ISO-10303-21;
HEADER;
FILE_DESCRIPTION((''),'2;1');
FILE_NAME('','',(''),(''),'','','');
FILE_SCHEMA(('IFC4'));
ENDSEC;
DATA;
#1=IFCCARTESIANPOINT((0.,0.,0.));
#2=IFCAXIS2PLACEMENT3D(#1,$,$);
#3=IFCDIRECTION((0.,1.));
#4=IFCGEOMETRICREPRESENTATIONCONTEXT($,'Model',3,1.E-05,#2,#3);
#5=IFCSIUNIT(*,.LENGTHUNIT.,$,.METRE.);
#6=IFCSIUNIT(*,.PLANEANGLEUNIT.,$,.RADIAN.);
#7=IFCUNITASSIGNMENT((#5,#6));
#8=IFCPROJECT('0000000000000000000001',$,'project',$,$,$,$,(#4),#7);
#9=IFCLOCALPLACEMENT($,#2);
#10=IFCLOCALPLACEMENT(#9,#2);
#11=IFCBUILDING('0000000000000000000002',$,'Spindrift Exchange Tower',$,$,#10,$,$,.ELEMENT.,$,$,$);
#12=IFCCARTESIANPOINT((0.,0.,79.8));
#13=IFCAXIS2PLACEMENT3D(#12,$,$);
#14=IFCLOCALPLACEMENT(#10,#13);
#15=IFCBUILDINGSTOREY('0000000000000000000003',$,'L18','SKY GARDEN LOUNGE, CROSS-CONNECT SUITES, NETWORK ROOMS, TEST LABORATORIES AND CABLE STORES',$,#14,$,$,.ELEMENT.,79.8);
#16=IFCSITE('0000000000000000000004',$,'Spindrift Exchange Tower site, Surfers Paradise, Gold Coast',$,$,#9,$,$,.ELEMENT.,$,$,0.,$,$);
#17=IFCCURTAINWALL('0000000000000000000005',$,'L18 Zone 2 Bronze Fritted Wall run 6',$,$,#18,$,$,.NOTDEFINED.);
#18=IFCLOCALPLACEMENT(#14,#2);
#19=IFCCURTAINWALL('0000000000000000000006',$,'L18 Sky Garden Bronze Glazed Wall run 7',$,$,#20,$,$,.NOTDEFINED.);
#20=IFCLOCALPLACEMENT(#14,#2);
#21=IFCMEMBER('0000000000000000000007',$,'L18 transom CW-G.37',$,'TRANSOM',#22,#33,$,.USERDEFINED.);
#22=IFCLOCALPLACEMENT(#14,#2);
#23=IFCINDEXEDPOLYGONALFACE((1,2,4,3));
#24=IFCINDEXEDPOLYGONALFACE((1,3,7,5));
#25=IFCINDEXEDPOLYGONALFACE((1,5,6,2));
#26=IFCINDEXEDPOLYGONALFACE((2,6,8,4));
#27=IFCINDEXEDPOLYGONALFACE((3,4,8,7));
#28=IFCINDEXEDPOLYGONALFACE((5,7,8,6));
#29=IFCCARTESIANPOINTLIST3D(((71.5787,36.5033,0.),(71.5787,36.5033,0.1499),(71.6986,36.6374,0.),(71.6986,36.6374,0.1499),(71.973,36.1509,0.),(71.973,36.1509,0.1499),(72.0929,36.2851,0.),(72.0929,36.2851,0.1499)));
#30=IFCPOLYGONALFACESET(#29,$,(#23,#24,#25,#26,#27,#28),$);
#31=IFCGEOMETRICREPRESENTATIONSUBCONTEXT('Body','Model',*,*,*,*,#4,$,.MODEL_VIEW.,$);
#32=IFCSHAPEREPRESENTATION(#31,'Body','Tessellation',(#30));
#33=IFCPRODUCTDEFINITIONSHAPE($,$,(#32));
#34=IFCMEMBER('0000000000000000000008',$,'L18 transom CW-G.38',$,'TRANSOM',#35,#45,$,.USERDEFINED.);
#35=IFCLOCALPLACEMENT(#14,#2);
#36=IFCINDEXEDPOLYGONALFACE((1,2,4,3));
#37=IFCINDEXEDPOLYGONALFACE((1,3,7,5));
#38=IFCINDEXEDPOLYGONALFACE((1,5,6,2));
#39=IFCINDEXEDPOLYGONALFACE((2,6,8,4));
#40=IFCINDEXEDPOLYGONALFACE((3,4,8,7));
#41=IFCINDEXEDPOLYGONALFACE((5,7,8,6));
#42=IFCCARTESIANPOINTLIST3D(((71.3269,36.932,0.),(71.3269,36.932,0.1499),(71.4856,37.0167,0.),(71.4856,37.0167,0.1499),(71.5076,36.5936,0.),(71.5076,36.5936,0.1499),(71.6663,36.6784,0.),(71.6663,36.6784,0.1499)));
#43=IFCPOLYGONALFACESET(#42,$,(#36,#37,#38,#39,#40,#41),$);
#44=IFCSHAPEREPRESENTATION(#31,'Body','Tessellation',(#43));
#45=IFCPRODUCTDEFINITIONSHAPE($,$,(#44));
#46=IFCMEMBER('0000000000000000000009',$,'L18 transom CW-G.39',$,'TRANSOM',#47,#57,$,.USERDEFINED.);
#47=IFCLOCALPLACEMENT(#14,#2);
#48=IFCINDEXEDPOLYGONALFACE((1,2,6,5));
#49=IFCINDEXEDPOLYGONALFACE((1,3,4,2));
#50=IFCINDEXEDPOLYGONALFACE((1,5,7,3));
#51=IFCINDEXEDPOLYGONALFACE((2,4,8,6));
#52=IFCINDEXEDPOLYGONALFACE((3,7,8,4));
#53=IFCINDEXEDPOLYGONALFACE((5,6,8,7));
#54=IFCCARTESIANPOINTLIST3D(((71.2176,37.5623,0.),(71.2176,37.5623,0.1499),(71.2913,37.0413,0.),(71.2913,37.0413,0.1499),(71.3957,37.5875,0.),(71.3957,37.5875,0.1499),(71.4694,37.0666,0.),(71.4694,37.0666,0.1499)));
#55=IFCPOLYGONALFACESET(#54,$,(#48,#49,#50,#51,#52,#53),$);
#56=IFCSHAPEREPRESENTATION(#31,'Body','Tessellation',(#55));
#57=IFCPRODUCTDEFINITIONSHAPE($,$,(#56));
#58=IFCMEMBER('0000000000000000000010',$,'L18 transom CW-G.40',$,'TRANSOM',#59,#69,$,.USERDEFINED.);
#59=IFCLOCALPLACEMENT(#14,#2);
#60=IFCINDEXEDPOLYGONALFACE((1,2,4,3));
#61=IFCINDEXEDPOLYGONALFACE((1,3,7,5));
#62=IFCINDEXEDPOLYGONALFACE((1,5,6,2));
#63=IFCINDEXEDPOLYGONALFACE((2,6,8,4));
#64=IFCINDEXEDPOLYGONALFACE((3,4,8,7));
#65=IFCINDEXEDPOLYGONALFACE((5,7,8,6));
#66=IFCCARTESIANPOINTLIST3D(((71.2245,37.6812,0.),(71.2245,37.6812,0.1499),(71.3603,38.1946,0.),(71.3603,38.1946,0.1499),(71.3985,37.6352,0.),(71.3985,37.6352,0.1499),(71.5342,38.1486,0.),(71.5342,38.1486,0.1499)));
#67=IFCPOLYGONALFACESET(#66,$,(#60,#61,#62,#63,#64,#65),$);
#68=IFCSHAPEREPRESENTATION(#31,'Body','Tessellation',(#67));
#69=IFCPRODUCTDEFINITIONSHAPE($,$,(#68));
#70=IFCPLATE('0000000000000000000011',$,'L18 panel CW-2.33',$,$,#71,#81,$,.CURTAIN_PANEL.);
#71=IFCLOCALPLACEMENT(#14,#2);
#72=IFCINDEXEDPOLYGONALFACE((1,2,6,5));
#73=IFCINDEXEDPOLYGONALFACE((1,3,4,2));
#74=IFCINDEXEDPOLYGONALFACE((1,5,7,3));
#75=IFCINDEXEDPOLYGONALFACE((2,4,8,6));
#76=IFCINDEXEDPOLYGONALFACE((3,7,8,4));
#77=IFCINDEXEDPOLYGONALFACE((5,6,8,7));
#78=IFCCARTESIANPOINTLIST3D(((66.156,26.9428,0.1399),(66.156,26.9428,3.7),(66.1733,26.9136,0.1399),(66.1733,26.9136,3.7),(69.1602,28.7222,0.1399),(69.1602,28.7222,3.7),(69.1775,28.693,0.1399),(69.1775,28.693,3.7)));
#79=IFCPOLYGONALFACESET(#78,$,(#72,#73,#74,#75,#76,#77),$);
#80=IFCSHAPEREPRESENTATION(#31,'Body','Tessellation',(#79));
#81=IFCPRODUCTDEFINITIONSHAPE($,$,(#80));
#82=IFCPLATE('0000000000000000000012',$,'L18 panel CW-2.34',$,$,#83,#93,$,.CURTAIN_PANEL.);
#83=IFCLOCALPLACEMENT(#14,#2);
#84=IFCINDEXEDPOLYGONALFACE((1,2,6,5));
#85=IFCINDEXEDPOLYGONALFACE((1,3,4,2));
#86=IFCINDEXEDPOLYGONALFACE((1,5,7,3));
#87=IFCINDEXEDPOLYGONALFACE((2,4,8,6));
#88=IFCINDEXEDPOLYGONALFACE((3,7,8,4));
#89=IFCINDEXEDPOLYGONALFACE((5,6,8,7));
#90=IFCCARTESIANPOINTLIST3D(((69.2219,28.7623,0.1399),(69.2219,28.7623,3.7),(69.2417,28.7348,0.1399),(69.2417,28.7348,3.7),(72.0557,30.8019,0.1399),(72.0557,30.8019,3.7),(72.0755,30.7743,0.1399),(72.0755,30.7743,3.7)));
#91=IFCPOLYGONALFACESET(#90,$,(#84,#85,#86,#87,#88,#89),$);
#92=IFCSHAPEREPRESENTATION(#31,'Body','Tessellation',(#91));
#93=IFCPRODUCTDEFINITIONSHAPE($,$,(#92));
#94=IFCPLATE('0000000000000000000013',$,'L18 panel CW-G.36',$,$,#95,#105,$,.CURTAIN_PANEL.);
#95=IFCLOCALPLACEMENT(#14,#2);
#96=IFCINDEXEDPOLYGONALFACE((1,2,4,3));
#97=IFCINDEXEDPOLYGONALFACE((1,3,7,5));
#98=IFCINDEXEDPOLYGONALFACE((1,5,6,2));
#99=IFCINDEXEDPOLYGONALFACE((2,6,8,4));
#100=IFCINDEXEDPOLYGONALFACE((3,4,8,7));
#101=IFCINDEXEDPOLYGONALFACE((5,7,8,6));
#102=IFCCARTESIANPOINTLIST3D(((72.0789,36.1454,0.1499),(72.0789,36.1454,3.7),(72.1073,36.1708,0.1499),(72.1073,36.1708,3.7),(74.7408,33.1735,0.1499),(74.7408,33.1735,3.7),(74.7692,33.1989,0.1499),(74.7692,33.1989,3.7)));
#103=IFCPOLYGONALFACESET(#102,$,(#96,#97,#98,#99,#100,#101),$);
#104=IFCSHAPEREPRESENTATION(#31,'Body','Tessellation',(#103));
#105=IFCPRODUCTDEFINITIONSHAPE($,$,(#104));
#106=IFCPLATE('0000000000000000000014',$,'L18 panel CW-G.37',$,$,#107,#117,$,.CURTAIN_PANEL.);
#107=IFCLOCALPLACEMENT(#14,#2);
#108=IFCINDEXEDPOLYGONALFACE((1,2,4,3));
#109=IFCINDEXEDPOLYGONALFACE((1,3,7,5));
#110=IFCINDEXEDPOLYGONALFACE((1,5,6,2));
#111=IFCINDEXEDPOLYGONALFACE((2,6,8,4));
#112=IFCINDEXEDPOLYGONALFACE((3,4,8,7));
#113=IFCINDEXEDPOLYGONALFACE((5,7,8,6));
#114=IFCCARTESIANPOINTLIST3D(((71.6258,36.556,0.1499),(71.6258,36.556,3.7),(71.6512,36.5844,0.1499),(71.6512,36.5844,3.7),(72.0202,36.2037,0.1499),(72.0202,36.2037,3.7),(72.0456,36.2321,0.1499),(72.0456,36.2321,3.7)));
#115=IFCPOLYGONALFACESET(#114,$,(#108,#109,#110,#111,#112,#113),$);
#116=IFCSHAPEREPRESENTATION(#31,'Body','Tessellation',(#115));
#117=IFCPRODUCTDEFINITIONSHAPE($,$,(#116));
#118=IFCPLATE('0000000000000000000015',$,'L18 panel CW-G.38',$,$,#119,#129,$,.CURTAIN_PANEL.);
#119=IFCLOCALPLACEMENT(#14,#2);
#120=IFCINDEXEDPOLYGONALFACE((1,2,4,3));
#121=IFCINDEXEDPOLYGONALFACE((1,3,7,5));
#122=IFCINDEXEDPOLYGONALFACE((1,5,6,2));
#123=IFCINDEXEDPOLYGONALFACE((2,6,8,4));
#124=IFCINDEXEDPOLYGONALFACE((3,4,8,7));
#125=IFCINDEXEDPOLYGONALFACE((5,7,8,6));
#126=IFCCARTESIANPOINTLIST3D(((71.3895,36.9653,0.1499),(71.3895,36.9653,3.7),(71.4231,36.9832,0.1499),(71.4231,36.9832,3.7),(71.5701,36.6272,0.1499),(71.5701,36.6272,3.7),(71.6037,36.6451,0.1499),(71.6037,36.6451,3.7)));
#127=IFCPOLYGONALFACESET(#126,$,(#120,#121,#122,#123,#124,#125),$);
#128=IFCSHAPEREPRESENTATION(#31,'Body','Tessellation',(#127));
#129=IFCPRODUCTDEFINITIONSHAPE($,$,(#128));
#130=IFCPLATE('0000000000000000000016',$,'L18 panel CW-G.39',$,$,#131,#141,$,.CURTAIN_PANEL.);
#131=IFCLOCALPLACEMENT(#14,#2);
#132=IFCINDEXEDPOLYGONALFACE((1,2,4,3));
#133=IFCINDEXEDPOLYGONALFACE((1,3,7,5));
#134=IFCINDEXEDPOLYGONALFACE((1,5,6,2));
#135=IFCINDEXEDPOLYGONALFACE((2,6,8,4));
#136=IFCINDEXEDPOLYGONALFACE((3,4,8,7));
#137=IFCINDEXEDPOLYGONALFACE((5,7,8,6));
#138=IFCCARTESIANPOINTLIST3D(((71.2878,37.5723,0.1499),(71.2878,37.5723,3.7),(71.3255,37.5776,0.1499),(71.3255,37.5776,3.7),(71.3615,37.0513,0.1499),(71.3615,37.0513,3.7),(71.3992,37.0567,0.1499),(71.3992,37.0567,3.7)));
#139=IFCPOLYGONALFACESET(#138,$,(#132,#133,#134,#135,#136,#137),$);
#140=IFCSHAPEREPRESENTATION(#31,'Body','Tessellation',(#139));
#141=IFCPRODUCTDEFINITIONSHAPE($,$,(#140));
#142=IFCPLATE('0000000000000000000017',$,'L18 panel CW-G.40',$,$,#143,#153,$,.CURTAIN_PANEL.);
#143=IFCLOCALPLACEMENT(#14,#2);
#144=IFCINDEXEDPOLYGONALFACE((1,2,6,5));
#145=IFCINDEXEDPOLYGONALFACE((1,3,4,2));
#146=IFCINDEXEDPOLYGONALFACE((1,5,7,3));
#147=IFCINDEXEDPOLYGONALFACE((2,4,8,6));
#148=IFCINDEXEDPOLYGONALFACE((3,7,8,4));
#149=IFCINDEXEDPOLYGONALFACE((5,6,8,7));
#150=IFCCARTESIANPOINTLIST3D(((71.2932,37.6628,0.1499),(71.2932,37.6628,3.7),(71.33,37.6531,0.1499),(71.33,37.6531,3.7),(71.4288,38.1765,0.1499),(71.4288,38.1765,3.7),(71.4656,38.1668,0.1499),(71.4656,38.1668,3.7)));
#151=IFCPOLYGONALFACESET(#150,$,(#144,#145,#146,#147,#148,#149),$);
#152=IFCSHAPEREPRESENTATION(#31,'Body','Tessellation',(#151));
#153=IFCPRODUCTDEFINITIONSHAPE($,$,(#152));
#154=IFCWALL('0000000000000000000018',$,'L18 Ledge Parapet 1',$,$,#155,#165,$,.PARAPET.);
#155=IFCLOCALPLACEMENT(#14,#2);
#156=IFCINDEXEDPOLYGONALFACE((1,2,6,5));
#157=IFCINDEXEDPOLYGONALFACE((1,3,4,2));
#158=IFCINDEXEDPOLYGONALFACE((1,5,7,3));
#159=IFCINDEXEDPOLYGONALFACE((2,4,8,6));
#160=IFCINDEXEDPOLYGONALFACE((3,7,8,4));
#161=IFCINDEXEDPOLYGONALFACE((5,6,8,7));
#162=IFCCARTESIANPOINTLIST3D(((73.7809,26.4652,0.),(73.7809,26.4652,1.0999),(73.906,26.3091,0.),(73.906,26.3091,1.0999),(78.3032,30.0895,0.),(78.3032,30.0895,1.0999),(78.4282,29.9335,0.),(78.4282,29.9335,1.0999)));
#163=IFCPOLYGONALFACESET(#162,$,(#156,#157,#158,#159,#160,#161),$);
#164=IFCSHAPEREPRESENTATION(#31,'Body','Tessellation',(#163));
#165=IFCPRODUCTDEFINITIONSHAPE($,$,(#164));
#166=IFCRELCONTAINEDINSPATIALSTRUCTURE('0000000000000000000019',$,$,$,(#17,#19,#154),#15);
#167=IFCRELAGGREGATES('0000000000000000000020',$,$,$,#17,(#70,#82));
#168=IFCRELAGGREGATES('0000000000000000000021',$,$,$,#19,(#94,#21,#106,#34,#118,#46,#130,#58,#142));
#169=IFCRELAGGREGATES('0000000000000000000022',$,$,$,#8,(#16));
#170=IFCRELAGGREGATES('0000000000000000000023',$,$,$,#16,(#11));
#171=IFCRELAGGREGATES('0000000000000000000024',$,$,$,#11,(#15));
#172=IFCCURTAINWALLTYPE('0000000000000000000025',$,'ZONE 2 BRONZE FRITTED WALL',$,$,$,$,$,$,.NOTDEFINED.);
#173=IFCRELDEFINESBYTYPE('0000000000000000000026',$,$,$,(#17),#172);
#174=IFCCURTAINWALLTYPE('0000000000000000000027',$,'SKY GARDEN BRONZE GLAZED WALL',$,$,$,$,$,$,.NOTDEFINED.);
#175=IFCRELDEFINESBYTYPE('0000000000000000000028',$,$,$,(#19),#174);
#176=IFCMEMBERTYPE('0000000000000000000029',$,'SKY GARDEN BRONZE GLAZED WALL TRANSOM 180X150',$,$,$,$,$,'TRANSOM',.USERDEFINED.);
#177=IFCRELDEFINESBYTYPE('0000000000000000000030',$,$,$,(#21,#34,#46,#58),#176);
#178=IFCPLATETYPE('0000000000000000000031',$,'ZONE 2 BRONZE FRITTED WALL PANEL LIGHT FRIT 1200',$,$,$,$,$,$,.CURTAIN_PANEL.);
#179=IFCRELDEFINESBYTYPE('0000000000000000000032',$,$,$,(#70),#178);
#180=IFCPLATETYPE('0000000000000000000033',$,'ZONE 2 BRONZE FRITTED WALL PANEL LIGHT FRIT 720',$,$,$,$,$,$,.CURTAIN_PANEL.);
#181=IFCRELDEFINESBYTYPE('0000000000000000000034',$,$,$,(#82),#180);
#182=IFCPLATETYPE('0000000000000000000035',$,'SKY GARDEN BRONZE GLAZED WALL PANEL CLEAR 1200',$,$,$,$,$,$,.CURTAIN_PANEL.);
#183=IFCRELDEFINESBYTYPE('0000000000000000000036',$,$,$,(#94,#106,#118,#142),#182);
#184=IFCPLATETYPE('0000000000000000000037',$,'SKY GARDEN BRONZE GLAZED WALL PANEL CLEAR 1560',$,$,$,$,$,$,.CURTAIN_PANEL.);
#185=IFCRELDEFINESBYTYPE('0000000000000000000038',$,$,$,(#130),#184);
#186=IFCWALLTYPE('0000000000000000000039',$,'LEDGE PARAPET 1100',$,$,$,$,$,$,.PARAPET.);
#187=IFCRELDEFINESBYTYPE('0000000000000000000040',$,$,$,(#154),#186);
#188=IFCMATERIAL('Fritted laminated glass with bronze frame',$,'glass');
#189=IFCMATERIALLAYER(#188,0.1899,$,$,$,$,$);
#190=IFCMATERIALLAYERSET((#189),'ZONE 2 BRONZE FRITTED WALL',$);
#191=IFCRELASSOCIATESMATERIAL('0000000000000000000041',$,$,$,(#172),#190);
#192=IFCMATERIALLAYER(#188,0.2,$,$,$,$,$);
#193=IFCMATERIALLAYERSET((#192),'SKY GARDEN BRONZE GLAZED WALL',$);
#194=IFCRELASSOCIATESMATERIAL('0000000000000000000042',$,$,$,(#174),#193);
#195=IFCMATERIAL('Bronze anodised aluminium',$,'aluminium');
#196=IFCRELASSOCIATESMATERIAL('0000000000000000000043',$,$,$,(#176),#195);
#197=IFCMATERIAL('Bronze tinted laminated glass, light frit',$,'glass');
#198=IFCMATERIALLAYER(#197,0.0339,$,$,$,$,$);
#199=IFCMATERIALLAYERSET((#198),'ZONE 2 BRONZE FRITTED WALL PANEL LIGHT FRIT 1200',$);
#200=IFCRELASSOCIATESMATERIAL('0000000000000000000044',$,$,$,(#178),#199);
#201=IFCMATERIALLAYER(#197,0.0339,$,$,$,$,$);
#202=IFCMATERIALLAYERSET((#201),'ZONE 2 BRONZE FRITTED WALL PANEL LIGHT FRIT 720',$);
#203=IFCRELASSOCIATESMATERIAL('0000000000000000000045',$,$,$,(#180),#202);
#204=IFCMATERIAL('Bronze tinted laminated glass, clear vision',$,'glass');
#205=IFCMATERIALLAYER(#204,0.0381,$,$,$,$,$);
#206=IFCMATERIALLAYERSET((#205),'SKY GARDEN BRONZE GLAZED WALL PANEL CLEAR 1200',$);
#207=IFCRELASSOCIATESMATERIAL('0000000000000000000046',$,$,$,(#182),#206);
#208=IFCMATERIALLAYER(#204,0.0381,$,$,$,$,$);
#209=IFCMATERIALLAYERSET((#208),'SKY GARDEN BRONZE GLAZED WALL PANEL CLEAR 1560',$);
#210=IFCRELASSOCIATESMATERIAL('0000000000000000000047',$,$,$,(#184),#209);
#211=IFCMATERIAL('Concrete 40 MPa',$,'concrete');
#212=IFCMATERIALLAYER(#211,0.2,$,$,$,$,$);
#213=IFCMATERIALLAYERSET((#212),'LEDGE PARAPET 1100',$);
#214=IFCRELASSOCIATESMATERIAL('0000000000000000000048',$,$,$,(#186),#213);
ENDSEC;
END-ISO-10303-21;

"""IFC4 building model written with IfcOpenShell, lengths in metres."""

from ifc_helpers import new_model, si_unit, direction, frame, frame_2d, origin, origin_2d, place, context, subcontext, project, spatial, rectangle, extrude, source, transform, mapped, material, layer, layer_set, material_profile, profile_set, type_object, element, aggregate, save


model = new_model("IFC4")

# Units and contexts
model_context = context("Model", 3, precision=1e-05, world=origin(), true_north=direction((0.0, 1.0)))
body_context = subcontext(model_context, "Body", "Model", "MODEL_VIEW")
ifc_project = project(units=[si_unit("LENGTHUNIT", "METRE"), si_unit("PLANEANGLEUNIT", "RADIAN")], contexts=[model_context])

# Site, building, storey
site_placement = place(None, origin())
site = spatial("IfcSite", under=ifc_project, at=site_placement, Name="Spindrift Exchange Tower site, Surfers Paradise, Gold Coast", CompositionType="ELEMENT", RefElevation=0.0)
building_placement = place(site_placement, origin())
building = spatial("IfcBuilding", under=site, at=building_placement, Name="Spindrift Exchange Tower", CompositionType="ELEMENT")
storey_placement = place(building_placement, frame((0.0, 0.0, 79.8)))
storey = spatial("IfcBuildingStorey", under=building, at=storey_placement, Name="L18", Description="SKY GARDEN LOUNGE, CROSS-CONNECT SUITES, NETWORK ROOMS, TEST LABORATORIES AND CABLE STORES", CompositionType="ELEMENT", Elevation=79.8)

# Curtain walls, members
ifc_material_1 = material(Name="Fritted laminated glass with bronze frame", Category="glass")
ifc_layer_1 = layer(ifc_material_1, 0.1899)
ifc_layer_set_1 = layer_set([ifc_layer_1], Name="ZONE 2 BRONZE FRITTED WALL")
curtain_wall_type_1 = type_object("IfcCurtainWallType", Name="ZONE 2 BRONZE FRITTED WALL", PredefinedType="NOTDEFINED", material=ifc_layer_set_1)
curtain_wall_1_placement = place(storey_placement, origin())
curtain_wall_1 = element("IfcCurtainWall", 1, at=curtain_wall_1_placement, inside=storey, type_object=curtain_wall_type_1, Name="L18 Zone 2 Bronze Fritted Wall run 6", PredefinedType="NOTDEFINED")
ifc_material_2 = material(Name="Bronze anodised aluminium", Category="aluminium")
ifc_layer_2 = layer(ifc_material_1, 0.2)
ifc_layer_set_2 = layer_set([ifc_layer_2], Name="SKY GARDEN BRONZE GLAZED WALL")
curtain_wall_type_2 = type_object("IfcCurtainWallType", Name="SKY GARDEN BRONZE GLAZED WALL", PredefinedType="NOTDEFINED", material=ifc_layer_set_2)
curtain_wall_2_placement = place(storey_placement, origin())
curtain_wall_2 = element("IfcCurtainWall", 2, at=curtain_wall_2_placement, inside=storey, type_object=curtain_wall_type_2, Name="L18 Sky Garden Bronze Glazed Wall run 7", PredefinedType="NOTDEFINED")
ifc_material_profile_1 = material_profile(ifc_material_2, rectangle(XDim=0.1799, YDim=0.1499, at=origin_2d()), Name="SKY GARDEN BRONZE GLAZED WALL TRANSOM 180X150")
ifc_profile_set_1 = profile_set([ifc_material_profile_1], Name="Bronze anodised aluminium")
member_type_1 = type_object("IfcMemberType", Name="SKY GARDEN BRONZE GLAZED WALL TRANSOM 180X150", ElementType="TRANSOM", PredefinedType="USERDEFINED", material=ifc_profile_set_1)
shared_shape_1 = source(origin(), body_context, "Body", "SweptSolid", [
    extrude(rectangle(XDim=0.1799, YDim=0.1499, at=origin_2d()), origin(), (0.0, 0.0, 1.0), 0.5288),
])
member_1_placement = place(storey_placement, frame((72.033, 36.218, 0.075), z_axis=(-0.7457, 0.666282, 0.0), x_axis=(-0.666282, -0.7457, 0.0)))
member_1 = element("IfcMember", 3, at=member_1_placement, type_object=member_type_1, Name="L18 transom CW-G.37", ObjectType="TRANSOM", PredefinedType="USERDEFINED", context=body_context, shape_type="MappedRepresentation", body=[
    mapped(shared_shape_1, transform((0.0, 0.0, 0.0), scale=1.0)),
])
shared_shape_2 = source(origin(), body_context, "Body", "SweptSolid", [
    extrude(rectangle(XDim=0.1799, YDim=0.1499, at=origin_2d()), origin(), (0.0, 0.0, 1.0), 0.3835),
])
member_2_placement = place(storey_placement, frame((71.5869, 36.636, 0.075), z_axis=(-0.470985, 0.882141, 0.0), x_axis=(-0.882141, -0.470985, 0.0)))
member_2 = element("IfcMember", 4, at=member_2_placement, type_object=member_type_1, Name="L18 transom CW-G.38", ObjectType="TRANSOM", PredefinedType="USERDEFINED", context=body_context, shape_type="MappedRepresentation", body=[
    mapped(shared_shape_2, transform((0.0, 0.0, 0.0), scale=1.0)),
])
shared_shape_3 = source(origin(), body_context, "Body", "SweptSolid", [
    extrude(rectangle(XDim=0.1799, YDim=0.1499, at=origin_2d()), origin(), (0.0, 0.0, 1.0), 0.5261),
])
member_3_placement = place(storey_placement, frame((71.3804, 37.054, 0.075), z_axis=(-0.140122, 0.990134, 0.0), x_axis=(-0.990134, -0.140122, 0.0)))
member_3 = element("IfcMember", 5, at=member_3_placement, type_object=member_type_1, Name="L18 transom CW-G.39", ObjectType="TRANSOM", PredefinedType="USERDEFINED", context=body_context, shape_type="MappedRepresentation", body=[
    mapped(shared_shape_3, transform((0.0, 0.0, 0.0), scale=1.0)),
])
shared_shape_4 = source(origin(), body_context, "Body", "SweptSolid", [
    extrude(rectangle(XDim=0.1799, YDim=0.1499, at=origin_2d()), origin(), (0.0, 0.0, 1.0), 0.531),
])
member_4_placement = place(storey_placement, frame((71.3115, 37.6582, 0.075), z_axis=(0.255602, 0.966782, 0.0), x_axis=(-0.966782, 0.255602, 0.0)))
member_4 = element("IfcMember", 6, at=member_4_placement, type_object=member_type_1, Name="L18 transom CW-G.40", ObjectType="TRANSOM", PredefinedType="USERDEFINED", context=body_context, shape_type="MappedRepresentation", body=[
    mapped(shared_shape_4, transform((0.0, 0.0, 0.0), scale=1.0)),
])

# Plates
ifc_material_3 = material(Name="Bronze tinted laminated glass, light frit", Category="glass")
ifc_layer_3 = layer(ifc_material_3, 0.0339)
ifc_layer_set_3 = layer_set([ifc_layer_3], Name="ZONE 2 BRONZE FRITTED WALL PANEL LIGHT FRIT 1200")
plate_type_1 = type_object("IfcPlateType", Name="ZONE 2 BRONZE FRITTED WALL PANEL LIGHT FRIT 1200", PredefinedType="CURTAIN_PANEL", material=ifc_layer_set_3)
shared_shape_5 = source(origin(), body_context, "Body", "SweptSolid", [
    extrude(rectangle(XDim=3.4917, YDim=0.0339, at=origin_2d()), origin(), (0.0, 0.0, 1.0), 3.5601),
])
plate_1_placement = place(storey_placement, frame((67.6667, 27.8179, 0.1399), z_axis=(0.0, 0.0, 1.0), x_axis=(0.860401, 0.509618, 0.0)))
plate_1 = element("IfcPlate", 7, at=plate_1_placement, type_object=plate_type_1, Name="L18 panel CW-2.33", PredefinedType="CURTAIN_PANEL", context=body_context, shape_type="MappedRepresentation", body=[
    mapped(shared_shape_5, transform((0.0, 0.0, 0.0), scale=1.0)),
])
ifc_layer_4 = layer(ifc_material_3, 0.0339)
ifc_layer_set_4 = layer_set([ifc_layer_4], Name="ZONE 2 BRONZE FRITTED WALL PANEL LIGHT FRIT 720")
plate_type_2 = type_object("IfcPlateType", Name="ZONE 2 BRONZE FRITTED WALL PANEL LIGHT FRIT 720", PredefinedType="CURTAIN_PANEL", material=ifc_layer_set_4)
shared_shape_6 = source(origin(), body_context, "Body", "SweptSolid", [
    extrude(rectangle(XDim=3.4915, YDim=0.0339, at=origin_2d()), origin(), (0.0, 0.0, 1.0), 3.5601),
])
plate_2_placement = place(storey_placement, frame((70.6487, 29.7683, 0.1399), z_axis=(0.0, 0.0, 1.0), x_axis=(0.811638, 0.58416, 0.0)))
plate_2 = element("IfcPlate", 8, at=plate_2_placement, type_object=plate_type_2, Name="L18 panel CW-2.34", PredefinedType="CURTAIN_PANEL", context=body_context, shape_type="MappedRepresentation", body=[
    mapped(shared_shape_6, transform((0.0, 0.0, 0.0), scale=1.0)),
])
aggregate(curtain_wall_1, [plate_1, plate_2])
ifc_material_4 = material(Name="Bronze tinted laminated glass, clear vision", Category="glass")
ifc_layer_5 = layer(ifc_material_4, 0.0381)
ifc_layer_set_5 = layer_set([ifc_layer_5], Name="SKY GARDEN BRONZE GLAZED WALL PANEL CLEAR 1200")
plate_type_3 = type_object("IfcPlateType", Name="SKY GARDEN BRONZE GLAZED WALL PANEL CLEAR 1200", PredefinedType="CURTAIN_PANEL", material=ifc_layer_set_5)
shared_shape_7 = source(origin(), body_context, "Body", "SweptSolid", [
    extrude(rectangle(XDim=3.9897, YDim=0.0381, at=origin_2d()), origin(), (0.0, 0.0, 1.0), 3.55),
])
plate_3_placement = place(storey_placement, frame((73.4241, 34.6721, 0.1499), z_axis=(0.0, 0.0, 1.0), x_axis=(-0.667191, 0.744887, 0.0)))
plate_3 = element("IfcPlate", 9, at=plate_3_placement, type_object=plate_type_3, Name="L18 panel CW-G.36", PredefinedType="CURTAIN_PANEL", context=body_context, shape_type="MappedRepresentation", body=[
    mapped(shared_shape_7, transform((0.0, 0.0, 0.0), scale=1.0)),
])
shared_shape_8 = source(origin(), body_context, "Body", "SweptSolid", [
    extrude(rectangle(XDim=0.5288, YDim=0.0381, at=origin_2d()), origin(), (0.0, 0.0, 1.0), 3.55),
])
plate_4_placement = place(storey_placement, frame((71.8357, 36.394, 0.1499), z_axis=(0.0, 0.0, 1.0), x_axis=(-0.745744, 0.666233, 0.0)))
plate_4 = element("IfcPlate", 10, at=plate_4_placement, type_object=plate_type_3, Name="L18 panel CW-G.37", PredefinedType="CURTAIN_PANEL", context=body_context, shape_type="MappedRepresentation", body=[
    mapped(shared_shape_8, transform((0.0, 0.0, 0.0), scale=1.0)),
])
shared_shape_9 = source(origin(), body_context, "Body", "SweptSolid", [
    extrude(rectangle(XDim=0.3833, YDim=0.0381, at=origin_2d()), origin(), (0.0, 0.0, 1.0), 3.55),
])
plate_5_placement = place(storey_placement, frame((71.4966, 36.8052, 0.1499), z_axis=(0.0, 0.0, 1.0), x_axis=(-0.47113, 0.882064, 0.0)))
plate_5 = element("IfcPlate", 11, at=plate_5_placement, type_object=plate_type_3, Name="L18 panel CW-G.38", PredefinedType="CURTAIN_PANEL", context=body_context, shape_type="MappedRepresentation", body=[
    mapped(shared_shape_9, transform((0.0, 0.0, 0.0), scale=1.0)),
])
ifc_layer_6 = layer(ifc_material_4, 0.0381)
ifc_layer_set_6 = layer_set([ifc_layer_6], Name="SKY GARDEN BRONZE GLAZED WALL PANEL CLEAR 1560")
plate_type_4 = type_object("IfcPlateType", Name="SKY GARDEN BRONZE GLAZED WALL PANEL CLEAR 1560", PredefinedType="CURTAIN_PANEL", material=ifc_layer_set_6)
shared_shape_10 = source(origin(), body_context, "Body", "SweptSolid", [
    extrude(rectangle(XDim=0.5261, YDim=0.0381, at=origin_2d()), origin(), (0.0, 0.0, 1.0), 3.55),
])
plate_6_placement = place(storey_placement, frame((71.3435, 37.3145, 0.1499), z_axis=(0.0, 0.0, 1.0), x_axis=(-0.140048, 0.990145, 0.0)))
plate_6 = element("IfcPlate", 12, at=plate_6_placement, type_object=plate_type_4, Name="L18 panel CW-G.39", PredefinedType="CURTAIN_PANEL", context=body_context, shape_type="MappedRepresentation", body=[
    mapped(shared_shape_10, transform((0.0, 0.0, 0.0), scale=1.0)),
])
shared_shape_11 = source(origin(), body_context, "Body", "SweptSolid", [
    extrude(rectangle(XDim=0.5312, YDim=0.0381, at=origin_2d()), origin(), (0.0, 0.0, 1.0), 3.55),
])
plate_7_placement = place(storey_placement, frame((71.3794, 37.9148, 0.1499), z_axis=(0.0, 0.0, 1.0), x_axis=(0.255269, 0.96687, 0.0)))
plate_7 = element("IfcPlate", 13, at=plate_7_placement, type_object=plate_type_3, Name="L18 panel CW-G.40", PredefinedType="CURTAIN_PANEL", context=body_context, shape_type="MappedRepresentation", body=[
    mapped(shared_shape_11, transform((0.0, 0.0, 0.0), scale=1.0)),
])
aggregate(curtain_wall_2, [plate_3, member_1, plate_4, member_2, plate_5, member_3, plate_6, member_4, plate_7])

# Wall
ifc_material_5 = material(Name="Concrete 40 MPa", Category="concrete")
ifc_layer_7 = layer(ifc_material_5, 0.2)
ifc_layer_set_7 = layer_set([ifc_layer_7], Name="LEDGE PARAPET 1100")
wall_type_1 = type_object("IfcWallType", Name="LEDGE PARAPET 1100", PredefinedType="PARAPET", material=ifc_layer_set_7)
wall_1_placement = place(storey_placement, frame((78.3657, 30.0115, 0.0), z_axis=(0.0, 0.0, 1.0), x_axis=(-0.780322, -0.625378, 0.0)))
element("IfcWall", 14, at=wall_1_placement, inside=storey, type_object=wall_type_1, Name="L18 Ledge Parapet 1", PredefinedType="PARAPET", context=body_context, shape_type="SweptSolid", body=[
    extrude(rectangle(XDim=5.7954, YDim=0.2, at=frame_2d((2.8977, 0.0))), origin(), (0.0, 0.0, 1.0), 1.0999),
])

save(model, "model.ifc")
